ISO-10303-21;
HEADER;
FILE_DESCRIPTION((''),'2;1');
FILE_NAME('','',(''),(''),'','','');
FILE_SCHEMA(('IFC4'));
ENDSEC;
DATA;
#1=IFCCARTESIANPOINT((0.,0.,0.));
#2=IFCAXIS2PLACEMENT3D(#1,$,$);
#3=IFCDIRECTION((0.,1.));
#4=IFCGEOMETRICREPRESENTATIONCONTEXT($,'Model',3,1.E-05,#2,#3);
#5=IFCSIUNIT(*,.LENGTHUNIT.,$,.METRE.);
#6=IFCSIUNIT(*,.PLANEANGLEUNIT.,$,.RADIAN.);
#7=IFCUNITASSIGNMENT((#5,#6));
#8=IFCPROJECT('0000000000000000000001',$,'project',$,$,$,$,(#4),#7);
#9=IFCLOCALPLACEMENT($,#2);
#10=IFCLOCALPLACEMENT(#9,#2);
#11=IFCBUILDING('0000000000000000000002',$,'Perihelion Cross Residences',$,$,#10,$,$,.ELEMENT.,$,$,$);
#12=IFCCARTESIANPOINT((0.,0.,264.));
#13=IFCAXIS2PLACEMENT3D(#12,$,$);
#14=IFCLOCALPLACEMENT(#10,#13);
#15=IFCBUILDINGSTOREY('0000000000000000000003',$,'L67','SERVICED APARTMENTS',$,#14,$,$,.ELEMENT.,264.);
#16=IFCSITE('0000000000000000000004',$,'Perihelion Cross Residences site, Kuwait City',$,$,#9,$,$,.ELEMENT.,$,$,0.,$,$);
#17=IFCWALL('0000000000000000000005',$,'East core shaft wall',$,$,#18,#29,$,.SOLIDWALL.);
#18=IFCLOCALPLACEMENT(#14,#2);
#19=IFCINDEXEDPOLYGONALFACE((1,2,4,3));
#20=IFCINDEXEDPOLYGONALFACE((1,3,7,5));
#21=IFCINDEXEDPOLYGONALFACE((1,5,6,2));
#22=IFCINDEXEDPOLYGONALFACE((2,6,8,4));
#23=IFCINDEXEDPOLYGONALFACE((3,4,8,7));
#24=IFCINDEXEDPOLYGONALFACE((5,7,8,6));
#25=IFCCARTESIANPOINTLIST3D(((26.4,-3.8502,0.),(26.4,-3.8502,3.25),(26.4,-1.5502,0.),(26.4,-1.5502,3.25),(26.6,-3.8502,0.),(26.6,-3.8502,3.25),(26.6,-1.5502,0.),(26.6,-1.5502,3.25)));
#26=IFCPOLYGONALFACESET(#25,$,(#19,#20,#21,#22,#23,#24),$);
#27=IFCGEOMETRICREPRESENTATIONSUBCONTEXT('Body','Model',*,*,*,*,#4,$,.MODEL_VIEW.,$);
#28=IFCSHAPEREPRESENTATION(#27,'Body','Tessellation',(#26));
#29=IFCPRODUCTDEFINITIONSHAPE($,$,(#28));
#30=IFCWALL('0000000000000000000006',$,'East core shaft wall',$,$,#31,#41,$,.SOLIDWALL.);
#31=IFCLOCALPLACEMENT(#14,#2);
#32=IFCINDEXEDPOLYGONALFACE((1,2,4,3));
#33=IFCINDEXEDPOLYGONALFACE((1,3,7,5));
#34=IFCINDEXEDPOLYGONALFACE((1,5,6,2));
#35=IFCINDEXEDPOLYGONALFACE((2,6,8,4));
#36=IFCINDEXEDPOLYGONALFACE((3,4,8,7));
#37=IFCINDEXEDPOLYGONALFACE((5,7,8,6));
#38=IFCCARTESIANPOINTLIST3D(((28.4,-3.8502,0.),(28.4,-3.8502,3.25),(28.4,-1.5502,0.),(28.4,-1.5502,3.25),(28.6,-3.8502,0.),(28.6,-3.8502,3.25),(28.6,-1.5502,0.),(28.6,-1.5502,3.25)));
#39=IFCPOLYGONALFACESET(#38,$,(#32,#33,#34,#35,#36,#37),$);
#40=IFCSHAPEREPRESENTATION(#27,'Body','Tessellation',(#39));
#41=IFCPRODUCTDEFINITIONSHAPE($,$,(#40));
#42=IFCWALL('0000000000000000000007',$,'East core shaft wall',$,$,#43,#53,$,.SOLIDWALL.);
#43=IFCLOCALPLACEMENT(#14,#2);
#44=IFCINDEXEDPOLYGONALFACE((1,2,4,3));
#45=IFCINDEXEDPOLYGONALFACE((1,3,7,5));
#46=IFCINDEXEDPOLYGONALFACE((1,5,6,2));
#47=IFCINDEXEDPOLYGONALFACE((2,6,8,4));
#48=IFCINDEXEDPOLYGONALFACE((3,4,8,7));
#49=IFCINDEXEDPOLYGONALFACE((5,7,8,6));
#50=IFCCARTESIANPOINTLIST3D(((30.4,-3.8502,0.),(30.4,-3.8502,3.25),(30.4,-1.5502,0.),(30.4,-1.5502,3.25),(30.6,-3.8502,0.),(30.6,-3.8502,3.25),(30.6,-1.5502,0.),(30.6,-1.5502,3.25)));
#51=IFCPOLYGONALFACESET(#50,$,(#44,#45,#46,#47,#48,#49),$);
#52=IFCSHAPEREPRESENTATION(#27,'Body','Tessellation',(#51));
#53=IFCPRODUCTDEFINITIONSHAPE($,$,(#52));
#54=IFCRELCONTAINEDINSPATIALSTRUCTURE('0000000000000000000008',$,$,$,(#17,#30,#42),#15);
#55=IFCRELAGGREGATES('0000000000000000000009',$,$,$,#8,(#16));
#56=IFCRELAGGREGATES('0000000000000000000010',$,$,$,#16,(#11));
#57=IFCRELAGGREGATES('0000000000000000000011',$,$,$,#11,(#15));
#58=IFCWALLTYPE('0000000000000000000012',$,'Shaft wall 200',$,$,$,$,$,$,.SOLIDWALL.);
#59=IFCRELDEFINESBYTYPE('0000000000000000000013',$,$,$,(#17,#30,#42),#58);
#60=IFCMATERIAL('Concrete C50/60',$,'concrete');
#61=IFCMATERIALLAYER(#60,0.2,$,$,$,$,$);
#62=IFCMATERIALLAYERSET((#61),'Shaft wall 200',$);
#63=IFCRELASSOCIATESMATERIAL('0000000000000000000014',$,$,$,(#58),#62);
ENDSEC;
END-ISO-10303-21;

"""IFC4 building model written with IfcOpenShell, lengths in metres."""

from ifc_helpers import new_model, si_unit, direction, frame, frame_2d, origin, place, context, subcontext, project, spatial, rectangle, extrude, material, layer, layer_set, type_object, element, save


model = new_model("IFC4")

# Units and contexts
model_context = context("Model", 3, precision=1e-05, world=origin(), true_north=direction((0.0, 1.0)))
body_context = subcontext(model_context, "Body", "Model", "MODEL_VIEW")
ifc_project = project(units=[si_unit("LENGTHUNIT", "METRE"), si_unit("PLANEANGLEUNIT", "RADIAN")], contexts=[model_context])

# Site, building, storey
site_placement = place(None, origin())
site = spatial("IfcSite", under=ifc_project, at=site_placement, Name="Perihelion Cross Residences site, Kuwait City", CompositionType="ELEMENT", RefElevation=0.0)
building_placement = place(site_placement, origin())
building = spatial("IfcBuilding", under=site, at=building_placement, Name="Perihelion Cross Residences", CompositionType="ELEMENT")
storey_placement = place(building_placement, frame((0.0, 0.0, 264.0)))
storey = spatial("IfcBuildingStorey", under=building, at=storey_placement, Name="L67", Description="SERVICED APARTMENTS", CompositionType="ELEMENT", Elevation=264.0)

# Shared definitions
ifc_material_1 = material(Name="Concrete C50/60", Category="concrete")
ifc_layer_1 = layer(ifc_material_1, 0.2)
ifc_layer_set_1 = layer_set([ifc_layer_1], Name="Shaft wall 200")
wall_type_1 = type_object("IfcWallType", Name="Shaft wall 200", PredefinedType="SOLIDWALL", material=ifc_layer_set_1)

# Walls
for number, where, z_axis, x_axis, name in (
    (1, (26.5, -3.8501, 0.0), (0.0, 0.0, 1.0), (0.0, 1.0, 0.0), "East core shaft wall"),
    (2, (28.5, -3.8501, 0.0), (0.0, 0.0, 1.0), (0.0, 1.0, 0.0), "East core shaft wall"),
    (3, (30.5, -3.8501, 0.0), (0.0, 0.0, 1.0), (0.0, 1.0, 0.0), "East core shaft wall"),
):
    element("IfcWall", number, at=place(storey_placement, frame(where, z_axis=z_axis, x_axis=x_axis)), inside=storey, type_object=wall_type_1, Name=name, PredefinedType="SOLIDWALL", context=body_context, shape_type="SweptSolid", body=[
        extrude(rectangle(XDim=2.3, YDim=0.2, at=frame_2d((1.1499, 0.0))), origin(), (0.0, 0.0, 1.0), 3.25),
    ])

save(model, "model.ifc")
